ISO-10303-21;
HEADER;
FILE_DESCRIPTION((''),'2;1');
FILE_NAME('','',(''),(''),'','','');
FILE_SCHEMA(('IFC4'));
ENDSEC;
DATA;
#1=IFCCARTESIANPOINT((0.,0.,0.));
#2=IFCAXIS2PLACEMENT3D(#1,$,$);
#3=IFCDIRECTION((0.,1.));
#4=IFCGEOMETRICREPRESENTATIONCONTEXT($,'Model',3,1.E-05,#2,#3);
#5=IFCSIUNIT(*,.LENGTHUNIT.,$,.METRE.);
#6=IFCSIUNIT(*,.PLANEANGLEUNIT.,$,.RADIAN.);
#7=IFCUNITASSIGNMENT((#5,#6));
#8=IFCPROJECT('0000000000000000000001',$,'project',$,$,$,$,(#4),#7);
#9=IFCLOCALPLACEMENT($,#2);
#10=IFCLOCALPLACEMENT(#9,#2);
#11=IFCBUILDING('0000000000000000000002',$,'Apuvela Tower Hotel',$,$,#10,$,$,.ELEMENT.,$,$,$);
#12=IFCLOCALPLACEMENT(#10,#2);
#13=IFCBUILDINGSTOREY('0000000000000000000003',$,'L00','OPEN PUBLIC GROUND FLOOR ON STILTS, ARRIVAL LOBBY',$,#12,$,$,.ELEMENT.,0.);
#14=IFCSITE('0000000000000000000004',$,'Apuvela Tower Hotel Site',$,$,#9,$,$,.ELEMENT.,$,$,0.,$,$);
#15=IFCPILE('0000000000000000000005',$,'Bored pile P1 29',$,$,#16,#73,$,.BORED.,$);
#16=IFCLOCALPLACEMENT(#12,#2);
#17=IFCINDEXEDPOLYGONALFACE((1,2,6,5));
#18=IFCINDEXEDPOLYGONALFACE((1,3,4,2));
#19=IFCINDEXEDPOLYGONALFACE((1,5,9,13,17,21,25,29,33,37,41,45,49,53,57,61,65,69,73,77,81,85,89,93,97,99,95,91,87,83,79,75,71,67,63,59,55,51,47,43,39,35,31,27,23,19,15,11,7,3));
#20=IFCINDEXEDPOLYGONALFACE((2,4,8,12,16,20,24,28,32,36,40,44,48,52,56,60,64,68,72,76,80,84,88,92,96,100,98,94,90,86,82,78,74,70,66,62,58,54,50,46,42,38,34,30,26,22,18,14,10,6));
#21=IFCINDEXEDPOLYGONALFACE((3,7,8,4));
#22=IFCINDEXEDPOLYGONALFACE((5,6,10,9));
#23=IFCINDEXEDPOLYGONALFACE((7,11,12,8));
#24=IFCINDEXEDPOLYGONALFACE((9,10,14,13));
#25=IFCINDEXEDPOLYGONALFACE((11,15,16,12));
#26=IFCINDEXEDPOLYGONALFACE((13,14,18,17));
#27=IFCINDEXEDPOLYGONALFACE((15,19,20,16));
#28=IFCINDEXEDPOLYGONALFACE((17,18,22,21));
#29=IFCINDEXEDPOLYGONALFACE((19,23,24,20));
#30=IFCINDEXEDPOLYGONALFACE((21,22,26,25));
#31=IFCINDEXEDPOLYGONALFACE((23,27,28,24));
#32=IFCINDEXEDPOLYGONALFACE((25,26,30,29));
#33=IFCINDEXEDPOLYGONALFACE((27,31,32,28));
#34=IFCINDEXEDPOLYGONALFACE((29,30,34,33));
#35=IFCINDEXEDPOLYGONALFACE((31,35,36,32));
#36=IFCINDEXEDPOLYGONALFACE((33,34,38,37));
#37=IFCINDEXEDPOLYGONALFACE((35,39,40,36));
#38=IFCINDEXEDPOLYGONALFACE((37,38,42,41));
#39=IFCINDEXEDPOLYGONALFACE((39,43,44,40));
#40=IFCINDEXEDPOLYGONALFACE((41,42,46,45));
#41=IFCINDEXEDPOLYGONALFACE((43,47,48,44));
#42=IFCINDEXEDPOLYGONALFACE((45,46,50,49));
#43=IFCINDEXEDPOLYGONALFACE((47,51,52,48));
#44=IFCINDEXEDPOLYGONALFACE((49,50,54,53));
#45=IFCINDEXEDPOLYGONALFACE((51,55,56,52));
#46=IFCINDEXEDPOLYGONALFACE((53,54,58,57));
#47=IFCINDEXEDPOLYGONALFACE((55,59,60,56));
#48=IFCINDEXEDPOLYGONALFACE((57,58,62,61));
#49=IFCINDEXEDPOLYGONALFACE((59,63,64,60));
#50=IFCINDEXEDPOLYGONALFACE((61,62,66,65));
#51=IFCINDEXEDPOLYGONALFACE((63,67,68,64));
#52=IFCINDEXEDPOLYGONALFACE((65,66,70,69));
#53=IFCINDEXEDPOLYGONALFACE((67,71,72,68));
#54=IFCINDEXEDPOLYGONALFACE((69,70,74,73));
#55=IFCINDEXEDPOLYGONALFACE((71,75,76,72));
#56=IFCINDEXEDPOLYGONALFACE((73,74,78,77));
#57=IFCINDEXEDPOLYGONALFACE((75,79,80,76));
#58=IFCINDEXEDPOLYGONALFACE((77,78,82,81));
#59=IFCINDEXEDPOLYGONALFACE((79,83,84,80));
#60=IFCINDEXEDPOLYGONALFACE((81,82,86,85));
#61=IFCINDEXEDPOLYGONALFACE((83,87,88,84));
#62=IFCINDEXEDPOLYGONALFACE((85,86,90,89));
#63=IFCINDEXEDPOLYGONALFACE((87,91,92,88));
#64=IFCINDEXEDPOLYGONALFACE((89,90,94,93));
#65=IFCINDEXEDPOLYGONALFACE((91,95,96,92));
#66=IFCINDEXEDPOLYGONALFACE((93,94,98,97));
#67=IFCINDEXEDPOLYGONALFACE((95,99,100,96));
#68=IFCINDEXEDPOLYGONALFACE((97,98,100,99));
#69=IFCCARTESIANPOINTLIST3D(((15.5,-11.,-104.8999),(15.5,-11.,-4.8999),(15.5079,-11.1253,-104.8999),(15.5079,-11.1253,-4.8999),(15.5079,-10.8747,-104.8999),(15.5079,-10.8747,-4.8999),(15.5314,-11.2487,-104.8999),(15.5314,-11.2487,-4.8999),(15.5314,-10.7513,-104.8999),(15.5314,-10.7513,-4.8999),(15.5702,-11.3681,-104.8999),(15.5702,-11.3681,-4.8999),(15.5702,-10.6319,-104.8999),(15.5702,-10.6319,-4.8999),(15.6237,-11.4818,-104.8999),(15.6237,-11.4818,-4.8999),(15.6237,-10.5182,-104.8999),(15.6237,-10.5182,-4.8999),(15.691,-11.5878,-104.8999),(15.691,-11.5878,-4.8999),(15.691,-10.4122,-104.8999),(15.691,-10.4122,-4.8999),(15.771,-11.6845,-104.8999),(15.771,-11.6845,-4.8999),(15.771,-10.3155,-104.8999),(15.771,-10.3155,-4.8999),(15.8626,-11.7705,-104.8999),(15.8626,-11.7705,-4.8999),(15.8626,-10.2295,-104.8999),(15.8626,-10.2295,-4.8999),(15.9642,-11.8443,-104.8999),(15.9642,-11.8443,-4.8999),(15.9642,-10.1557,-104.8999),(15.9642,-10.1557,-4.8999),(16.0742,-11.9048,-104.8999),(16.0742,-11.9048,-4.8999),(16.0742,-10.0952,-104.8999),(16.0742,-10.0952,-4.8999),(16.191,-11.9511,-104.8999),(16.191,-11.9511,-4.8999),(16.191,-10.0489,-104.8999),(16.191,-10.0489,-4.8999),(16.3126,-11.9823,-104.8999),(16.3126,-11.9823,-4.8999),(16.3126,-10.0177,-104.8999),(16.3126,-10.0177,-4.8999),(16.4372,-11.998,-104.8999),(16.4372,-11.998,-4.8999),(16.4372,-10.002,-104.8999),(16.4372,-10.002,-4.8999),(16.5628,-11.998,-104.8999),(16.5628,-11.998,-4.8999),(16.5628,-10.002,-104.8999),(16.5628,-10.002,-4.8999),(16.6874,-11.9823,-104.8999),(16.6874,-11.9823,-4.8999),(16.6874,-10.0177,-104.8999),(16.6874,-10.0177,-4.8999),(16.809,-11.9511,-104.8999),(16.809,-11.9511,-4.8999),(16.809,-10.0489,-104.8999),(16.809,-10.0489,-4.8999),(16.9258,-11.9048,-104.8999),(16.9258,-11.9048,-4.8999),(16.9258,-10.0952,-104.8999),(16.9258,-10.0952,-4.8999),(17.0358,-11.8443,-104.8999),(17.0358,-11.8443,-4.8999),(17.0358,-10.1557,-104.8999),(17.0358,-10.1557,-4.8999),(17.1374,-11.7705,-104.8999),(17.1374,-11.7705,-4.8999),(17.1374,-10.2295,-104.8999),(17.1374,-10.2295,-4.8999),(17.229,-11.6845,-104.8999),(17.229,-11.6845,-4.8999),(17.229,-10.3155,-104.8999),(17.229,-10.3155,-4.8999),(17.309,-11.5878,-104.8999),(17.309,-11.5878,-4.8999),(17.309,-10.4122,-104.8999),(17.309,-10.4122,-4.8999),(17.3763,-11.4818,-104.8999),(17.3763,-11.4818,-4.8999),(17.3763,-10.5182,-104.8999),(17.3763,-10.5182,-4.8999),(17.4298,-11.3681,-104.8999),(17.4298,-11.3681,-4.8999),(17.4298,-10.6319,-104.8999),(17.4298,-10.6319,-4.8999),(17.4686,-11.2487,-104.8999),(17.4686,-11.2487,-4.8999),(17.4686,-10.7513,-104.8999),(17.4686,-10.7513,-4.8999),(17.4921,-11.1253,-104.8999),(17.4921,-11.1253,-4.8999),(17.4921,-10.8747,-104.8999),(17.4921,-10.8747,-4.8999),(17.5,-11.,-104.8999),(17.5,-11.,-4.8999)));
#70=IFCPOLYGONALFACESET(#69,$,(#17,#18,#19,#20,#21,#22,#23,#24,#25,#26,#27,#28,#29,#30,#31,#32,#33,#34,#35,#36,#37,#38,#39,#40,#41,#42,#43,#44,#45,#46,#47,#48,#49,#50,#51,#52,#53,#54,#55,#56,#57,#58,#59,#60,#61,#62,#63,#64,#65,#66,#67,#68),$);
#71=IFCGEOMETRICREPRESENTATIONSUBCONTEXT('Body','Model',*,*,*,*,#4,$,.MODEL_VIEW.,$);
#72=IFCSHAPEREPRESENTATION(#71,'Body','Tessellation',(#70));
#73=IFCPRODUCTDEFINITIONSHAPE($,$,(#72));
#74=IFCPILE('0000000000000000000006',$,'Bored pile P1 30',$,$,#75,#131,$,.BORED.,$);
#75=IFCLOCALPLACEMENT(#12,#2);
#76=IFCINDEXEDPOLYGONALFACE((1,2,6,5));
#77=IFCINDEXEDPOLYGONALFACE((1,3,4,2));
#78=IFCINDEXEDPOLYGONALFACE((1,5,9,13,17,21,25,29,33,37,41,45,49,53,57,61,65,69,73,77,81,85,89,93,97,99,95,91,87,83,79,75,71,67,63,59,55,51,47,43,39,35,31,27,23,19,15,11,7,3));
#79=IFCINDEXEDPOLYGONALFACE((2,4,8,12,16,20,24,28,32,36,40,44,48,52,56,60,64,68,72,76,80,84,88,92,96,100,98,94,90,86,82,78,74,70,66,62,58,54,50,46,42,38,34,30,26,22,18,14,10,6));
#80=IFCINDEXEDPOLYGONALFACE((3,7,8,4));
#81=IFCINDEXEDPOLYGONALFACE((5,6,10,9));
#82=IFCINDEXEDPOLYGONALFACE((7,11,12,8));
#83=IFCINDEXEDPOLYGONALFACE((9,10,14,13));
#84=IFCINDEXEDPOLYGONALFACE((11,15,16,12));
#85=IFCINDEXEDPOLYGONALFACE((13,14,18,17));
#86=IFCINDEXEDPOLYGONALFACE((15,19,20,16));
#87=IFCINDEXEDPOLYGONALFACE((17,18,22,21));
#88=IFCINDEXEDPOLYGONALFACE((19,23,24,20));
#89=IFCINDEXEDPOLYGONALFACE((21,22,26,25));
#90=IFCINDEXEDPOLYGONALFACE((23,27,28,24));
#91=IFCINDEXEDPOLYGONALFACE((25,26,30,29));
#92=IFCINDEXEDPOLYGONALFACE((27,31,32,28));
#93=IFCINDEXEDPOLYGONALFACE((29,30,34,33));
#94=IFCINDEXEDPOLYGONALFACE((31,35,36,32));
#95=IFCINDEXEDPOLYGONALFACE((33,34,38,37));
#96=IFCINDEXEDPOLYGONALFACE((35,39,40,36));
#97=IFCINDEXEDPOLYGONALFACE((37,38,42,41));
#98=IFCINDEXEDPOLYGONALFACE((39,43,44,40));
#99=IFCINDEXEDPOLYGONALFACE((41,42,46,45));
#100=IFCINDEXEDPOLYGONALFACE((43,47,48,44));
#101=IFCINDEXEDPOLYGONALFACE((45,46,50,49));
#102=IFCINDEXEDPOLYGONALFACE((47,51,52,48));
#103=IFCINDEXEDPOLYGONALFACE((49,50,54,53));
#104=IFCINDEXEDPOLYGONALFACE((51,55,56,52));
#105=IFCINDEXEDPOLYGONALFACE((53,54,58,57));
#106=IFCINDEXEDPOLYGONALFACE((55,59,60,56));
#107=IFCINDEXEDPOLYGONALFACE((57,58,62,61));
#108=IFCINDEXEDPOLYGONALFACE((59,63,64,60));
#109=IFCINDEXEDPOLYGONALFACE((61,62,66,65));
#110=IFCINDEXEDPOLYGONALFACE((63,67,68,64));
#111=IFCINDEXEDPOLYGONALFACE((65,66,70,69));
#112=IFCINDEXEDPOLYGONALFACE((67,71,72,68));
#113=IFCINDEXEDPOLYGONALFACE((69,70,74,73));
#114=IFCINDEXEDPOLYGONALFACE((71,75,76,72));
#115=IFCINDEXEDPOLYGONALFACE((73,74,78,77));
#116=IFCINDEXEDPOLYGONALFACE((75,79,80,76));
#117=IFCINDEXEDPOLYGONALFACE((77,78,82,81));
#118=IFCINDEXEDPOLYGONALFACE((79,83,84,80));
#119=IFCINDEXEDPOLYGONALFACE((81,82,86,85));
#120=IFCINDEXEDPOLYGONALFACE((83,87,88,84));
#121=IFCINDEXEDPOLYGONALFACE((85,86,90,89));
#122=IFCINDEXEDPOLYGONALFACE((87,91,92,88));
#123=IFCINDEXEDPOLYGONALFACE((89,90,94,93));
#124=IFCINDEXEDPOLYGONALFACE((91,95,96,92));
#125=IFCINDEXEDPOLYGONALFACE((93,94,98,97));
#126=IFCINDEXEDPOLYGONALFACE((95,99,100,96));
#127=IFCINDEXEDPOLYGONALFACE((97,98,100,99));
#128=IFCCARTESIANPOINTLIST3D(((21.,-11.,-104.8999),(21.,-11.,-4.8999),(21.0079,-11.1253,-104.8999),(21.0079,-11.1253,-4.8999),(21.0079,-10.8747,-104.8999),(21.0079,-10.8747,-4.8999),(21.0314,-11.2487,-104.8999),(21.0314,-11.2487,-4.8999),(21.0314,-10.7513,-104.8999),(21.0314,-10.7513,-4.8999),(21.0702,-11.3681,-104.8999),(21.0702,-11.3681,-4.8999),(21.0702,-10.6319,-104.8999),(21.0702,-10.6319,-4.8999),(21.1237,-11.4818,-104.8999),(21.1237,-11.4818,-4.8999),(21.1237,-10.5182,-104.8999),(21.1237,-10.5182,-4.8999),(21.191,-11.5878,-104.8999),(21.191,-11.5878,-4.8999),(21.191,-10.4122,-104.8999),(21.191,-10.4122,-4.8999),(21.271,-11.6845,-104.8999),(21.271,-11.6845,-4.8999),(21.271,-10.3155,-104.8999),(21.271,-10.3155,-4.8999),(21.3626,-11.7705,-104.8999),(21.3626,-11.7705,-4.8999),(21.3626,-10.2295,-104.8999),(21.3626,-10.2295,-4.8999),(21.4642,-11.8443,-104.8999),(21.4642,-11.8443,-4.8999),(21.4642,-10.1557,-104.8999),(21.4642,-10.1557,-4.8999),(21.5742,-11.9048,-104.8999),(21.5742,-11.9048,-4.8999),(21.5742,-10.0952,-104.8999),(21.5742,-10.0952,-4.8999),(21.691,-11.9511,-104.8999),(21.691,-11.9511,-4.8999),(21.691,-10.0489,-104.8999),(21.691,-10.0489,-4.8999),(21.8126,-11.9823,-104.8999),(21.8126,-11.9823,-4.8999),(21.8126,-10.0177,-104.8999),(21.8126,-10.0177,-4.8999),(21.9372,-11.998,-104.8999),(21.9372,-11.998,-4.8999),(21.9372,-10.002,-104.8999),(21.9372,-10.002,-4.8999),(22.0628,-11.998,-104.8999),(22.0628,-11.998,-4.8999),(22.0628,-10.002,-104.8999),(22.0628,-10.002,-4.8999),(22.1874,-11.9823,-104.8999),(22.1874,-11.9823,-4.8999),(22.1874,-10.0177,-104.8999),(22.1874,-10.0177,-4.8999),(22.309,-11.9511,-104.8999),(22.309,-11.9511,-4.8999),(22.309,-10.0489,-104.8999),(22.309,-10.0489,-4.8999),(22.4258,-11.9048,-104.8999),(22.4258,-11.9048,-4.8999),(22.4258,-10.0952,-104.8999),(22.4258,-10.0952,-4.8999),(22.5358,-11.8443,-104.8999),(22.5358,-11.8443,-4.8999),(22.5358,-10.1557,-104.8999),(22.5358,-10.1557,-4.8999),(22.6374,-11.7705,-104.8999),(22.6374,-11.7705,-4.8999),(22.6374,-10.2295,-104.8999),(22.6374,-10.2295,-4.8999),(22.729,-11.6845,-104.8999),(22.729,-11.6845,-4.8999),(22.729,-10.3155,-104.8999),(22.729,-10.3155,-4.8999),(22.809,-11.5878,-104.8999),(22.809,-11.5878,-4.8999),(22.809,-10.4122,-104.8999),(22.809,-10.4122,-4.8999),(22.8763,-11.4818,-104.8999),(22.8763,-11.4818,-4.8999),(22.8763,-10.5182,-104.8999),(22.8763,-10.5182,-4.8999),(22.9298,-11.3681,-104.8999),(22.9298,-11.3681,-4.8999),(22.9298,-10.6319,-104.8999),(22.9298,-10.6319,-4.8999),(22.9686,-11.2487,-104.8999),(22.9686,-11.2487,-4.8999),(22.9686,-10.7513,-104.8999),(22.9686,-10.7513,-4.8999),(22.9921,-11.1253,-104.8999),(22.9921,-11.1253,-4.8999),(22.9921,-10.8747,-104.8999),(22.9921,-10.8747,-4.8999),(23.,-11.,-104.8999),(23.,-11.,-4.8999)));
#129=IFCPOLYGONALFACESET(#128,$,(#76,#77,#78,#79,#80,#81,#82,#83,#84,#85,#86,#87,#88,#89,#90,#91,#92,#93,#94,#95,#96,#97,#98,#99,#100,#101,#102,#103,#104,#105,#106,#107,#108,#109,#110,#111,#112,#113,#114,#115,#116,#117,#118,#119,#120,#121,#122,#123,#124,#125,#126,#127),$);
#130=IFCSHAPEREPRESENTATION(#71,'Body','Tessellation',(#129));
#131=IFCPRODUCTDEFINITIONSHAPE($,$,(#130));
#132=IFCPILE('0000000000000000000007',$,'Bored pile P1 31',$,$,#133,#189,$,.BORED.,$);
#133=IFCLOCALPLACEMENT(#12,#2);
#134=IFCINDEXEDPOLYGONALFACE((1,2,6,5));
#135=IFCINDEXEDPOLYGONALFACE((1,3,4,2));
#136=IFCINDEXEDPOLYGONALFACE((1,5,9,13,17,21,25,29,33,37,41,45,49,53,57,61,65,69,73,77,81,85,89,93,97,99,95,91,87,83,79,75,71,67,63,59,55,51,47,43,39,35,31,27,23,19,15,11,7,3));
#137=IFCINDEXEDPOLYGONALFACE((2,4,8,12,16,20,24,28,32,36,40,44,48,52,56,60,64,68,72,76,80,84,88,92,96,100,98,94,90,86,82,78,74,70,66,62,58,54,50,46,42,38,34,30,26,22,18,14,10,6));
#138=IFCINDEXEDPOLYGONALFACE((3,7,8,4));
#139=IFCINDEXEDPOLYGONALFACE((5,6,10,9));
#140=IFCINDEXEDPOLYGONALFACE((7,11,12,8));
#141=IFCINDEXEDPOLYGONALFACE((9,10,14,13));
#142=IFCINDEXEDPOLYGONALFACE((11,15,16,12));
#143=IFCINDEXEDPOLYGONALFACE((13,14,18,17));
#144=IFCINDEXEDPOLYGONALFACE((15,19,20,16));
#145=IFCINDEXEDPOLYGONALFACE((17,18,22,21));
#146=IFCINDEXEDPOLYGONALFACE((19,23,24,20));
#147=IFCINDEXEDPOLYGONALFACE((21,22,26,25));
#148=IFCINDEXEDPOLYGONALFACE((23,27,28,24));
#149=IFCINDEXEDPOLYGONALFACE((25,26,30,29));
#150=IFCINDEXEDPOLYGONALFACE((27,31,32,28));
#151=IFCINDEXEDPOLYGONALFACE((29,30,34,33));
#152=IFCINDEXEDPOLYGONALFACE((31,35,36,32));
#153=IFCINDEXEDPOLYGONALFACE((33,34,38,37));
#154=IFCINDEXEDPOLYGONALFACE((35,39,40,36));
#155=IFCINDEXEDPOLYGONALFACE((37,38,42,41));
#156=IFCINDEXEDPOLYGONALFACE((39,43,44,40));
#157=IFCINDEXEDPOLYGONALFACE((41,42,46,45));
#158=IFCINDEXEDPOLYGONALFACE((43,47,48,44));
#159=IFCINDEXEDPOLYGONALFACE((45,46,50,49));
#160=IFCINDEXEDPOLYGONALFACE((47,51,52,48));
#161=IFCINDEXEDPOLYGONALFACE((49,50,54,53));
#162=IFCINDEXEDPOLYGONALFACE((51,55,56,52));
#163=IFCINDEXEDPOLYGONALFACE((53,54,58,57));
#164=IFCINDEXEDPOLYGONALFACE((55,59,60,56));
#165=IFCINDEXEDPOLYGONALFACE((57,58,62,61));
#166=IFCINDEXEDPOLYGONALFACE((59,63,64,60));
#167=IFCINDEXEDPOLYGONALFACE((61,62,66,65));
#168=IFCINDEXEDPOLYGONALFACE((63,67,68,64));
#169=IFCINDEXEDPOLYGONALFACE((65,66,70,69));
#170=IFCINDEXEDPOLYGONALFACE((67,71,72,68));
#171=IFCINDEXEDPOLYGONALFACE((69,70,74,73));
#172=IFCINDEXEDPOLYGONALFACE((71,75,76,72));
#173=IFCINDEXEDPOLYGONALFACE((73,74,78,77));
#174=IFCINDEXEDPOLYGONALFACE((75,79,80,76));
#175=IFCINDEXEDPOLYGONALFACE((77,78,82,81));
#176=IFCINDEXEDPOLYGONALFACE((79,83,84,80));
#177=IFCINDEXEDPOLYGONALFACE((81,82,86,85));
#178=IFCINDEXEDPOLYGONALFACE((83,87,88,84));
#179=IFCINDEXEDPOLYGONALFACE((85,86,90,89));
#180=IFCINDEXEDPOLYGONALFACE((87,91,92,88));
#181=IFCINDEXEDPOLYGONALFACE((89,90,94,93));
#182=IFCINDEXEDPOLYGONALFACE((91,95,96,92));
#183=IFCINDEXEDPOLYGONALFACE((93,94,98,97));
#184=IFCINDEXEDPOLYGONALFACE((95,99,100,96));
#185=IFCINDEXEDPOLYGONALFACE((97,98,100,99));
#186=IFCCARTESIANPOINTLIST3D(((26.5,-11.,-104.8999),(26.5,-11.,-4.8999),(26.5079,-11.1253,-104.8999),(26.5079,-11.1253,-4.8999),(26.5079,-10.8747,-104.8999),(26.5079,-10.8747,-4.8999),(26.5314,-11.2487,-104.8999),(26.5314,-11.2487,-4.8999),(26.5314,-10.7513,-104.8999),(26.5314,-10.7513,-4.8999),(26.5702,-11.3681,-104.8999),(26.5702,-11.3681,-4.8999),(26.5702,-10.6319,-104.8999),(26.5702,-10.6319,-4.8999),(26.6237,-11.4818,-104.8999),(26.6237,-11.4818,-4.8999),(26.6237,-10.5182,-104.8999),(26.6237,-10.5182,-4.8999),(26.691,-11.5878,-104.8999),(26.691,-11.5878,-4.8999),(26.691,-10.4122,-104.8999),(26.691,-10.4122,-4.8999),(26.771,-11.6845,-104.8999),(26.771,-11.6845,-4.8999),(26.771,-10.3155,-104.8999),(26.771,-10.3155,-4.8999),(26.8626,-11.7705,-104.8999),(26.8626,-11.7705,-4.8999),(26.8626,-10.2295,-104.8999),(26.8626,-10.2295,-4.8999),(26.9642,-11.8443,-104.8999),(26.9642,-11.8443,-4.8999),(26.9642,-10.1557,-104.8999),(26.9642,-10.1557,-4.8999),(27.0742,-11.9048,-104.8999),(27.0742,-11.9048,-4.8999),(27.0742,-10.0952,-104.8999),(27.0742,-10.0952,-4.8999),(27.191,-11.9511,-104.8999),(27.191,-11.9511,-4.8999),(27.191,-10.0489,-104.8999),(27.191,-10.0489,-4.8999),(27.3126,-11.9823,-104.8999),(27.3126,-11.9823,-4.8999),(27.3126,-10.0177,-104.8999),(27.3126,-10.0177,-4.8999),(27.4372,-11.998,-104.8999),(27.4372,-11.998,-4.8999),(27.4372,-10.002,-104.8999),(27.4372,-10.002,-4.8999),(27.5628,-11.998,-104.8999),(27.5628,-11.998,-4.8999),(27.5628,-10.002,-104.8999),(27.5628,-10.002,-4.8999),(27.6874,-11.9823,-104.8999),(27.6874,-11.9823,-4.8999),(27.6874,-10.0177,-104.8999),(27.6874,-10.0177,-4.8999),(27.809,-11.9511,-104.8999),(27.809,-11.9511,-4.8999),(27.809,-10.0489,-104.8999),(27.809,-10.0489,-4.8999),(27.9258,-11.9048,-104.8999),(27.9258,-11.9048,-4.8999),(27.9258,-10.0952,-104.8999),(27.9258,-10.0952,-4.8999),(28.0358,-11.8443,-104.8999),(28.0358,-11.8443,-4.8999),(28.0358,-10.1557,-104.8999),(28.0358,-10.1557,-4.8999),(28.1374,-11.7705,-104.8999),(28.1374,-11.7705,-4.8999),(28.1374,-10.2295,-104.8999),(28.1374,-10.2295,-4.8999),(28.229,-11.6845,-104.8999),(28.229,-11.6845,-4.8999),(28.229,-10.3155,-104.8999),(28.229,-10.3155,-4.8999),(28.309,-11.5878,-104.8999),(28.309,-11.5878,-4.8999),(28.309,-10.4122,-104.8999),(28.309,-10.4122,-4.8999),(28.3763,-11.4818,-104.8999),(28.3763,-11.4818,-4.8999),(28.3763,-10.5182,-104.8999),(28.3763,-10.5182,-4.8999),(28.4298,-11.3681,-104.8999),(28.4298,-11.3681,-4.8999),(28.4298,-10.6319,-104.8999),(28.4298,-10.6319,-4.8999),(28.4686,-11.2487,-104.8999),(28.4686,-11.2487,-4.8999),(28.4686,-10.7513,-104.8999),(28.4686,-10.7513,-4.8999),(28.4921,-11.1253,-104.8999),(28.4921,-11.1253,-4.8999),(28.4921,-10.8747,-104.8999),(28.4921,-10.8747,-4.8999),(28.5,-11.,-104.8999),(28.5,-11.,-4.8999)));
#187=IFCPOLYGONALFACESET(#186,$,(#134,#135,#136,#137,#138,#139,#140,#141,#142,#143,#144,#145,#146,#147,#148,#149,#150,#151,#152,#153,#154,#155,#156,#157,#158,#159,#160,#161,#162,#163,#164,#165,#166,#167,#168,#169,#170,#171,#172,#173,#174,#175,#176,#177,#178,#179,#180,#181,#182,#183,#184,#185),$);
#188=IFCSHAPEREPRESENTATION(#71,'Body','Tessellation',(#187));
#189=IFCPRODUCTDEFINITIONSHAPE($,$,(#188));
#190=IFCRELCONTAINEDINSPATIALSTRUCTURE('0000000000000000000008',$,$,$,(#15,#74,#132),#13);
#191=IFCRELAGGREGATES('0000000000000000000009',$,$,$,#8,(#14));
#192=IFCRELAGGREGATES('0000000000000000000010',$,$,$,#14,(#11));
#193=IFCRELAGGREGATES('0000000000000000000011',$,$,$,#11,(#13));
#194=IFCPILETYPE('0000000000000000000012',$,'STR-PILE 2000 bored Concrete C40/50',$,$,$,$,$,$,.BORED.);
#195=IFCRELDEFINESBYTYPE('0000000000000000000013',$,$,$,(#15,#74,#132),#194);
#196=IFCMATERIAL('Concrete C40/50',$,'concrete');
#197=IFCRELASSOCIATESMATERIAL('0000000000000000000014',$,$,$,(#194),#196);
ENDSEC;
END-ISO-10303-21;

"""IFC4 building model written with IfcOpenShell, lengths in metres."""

from ifc_helpers import new_model, si_unit, direction, frame, origin, origin_2d, place, context, subcontext, project, spatial, circle, extrude, material, material_profile, profile_set, type_object, element, save


model = new_model("IFC4")

# Units and contexts
model_context = context("Model", 3, precision=1e-05, world=origin(), true_north=direction((0.0, 1.0)))
body_context = subcontext(model_context, "Body", "Model", "MODEL_VIEW")
ifc_project = project(units=[si_unit("LENGTHUNIT", "METRE"), si_unit("PLANEANGLEUNIT", "RADIAN")], contexts=[model_context])

# Site, building, storey
site_placement = place(None, origin())
site = spatial("IfcSite", under=ifc_project, at=site_placement, Name="Apuvela Tower Hotel Site", CompositionType="ELEMENT", RefElevation=0.0)
building_placement = place(site_placement, origin())
building = spatial("IfcBuilding", under=site, at=building_placement, Name="Apuvela Tower Hotel", CompositionType="ELEMENT")
storey_placement = place(building_placement, origin())
storey = spatial("IfcBuildingStorey", under=building, at=storey_placement, Name="L00", Description="OPEN PUBLIC GROUND FLOOR ON STILTS, ARRIVAL LOBBY", CompositionType="ELEMENT", Elevation=0.0)

# Piles
ifc_material_1 = material(Name="Concrete C40/50", Category="concrete")
ifc_material_profile = material_profile(ifc_material_1, circle(Radius=1.0, at=origin_2d()), Name="PILE 2000")
ifc_profile_set = profile_set([ifc_material_profile], Name="Concrete C40/50")
pile_type = type_object("IfcPileType", Name="STR-PILE 2000 bored Concrete C40/50", PredefinedType="BORED", material=ifc_profile_set)
for number, where, z_axis, x_axis, name in (
    (1, (16.5, -11.0, -4.8999), (0.0, 0.0, -1.0), (1.0, 0.0, 0.0), "Bored pile P1 29"),
    (2, (22.0, -11.0, -4.8999), (0.0, 0.0, -1.0), (1.0, 0.0, 0.0), "Bored pile P1 30"),
    (3, (27.5, -11.0, -4.8999), (0.0, 0.0, -1.0), (1.0, 0.0, 0.0), "Bored pile P1 31"),
):
    element("IfcPile", number, at=place(storey_placement, frame(where, z_axis=z_axis, x_axis=x_axis)), inside=storey, type_object=pile_type, Name=name, PredefinedType="BORED", context=body_context, shape_type="SweptSolid", body=[
        extrude(circle(Radius=1.0, at=origin_2d()), origin(), (0.0, 0.0, 1.0), 100.0),
    ])

save(model, "model.ifc")
